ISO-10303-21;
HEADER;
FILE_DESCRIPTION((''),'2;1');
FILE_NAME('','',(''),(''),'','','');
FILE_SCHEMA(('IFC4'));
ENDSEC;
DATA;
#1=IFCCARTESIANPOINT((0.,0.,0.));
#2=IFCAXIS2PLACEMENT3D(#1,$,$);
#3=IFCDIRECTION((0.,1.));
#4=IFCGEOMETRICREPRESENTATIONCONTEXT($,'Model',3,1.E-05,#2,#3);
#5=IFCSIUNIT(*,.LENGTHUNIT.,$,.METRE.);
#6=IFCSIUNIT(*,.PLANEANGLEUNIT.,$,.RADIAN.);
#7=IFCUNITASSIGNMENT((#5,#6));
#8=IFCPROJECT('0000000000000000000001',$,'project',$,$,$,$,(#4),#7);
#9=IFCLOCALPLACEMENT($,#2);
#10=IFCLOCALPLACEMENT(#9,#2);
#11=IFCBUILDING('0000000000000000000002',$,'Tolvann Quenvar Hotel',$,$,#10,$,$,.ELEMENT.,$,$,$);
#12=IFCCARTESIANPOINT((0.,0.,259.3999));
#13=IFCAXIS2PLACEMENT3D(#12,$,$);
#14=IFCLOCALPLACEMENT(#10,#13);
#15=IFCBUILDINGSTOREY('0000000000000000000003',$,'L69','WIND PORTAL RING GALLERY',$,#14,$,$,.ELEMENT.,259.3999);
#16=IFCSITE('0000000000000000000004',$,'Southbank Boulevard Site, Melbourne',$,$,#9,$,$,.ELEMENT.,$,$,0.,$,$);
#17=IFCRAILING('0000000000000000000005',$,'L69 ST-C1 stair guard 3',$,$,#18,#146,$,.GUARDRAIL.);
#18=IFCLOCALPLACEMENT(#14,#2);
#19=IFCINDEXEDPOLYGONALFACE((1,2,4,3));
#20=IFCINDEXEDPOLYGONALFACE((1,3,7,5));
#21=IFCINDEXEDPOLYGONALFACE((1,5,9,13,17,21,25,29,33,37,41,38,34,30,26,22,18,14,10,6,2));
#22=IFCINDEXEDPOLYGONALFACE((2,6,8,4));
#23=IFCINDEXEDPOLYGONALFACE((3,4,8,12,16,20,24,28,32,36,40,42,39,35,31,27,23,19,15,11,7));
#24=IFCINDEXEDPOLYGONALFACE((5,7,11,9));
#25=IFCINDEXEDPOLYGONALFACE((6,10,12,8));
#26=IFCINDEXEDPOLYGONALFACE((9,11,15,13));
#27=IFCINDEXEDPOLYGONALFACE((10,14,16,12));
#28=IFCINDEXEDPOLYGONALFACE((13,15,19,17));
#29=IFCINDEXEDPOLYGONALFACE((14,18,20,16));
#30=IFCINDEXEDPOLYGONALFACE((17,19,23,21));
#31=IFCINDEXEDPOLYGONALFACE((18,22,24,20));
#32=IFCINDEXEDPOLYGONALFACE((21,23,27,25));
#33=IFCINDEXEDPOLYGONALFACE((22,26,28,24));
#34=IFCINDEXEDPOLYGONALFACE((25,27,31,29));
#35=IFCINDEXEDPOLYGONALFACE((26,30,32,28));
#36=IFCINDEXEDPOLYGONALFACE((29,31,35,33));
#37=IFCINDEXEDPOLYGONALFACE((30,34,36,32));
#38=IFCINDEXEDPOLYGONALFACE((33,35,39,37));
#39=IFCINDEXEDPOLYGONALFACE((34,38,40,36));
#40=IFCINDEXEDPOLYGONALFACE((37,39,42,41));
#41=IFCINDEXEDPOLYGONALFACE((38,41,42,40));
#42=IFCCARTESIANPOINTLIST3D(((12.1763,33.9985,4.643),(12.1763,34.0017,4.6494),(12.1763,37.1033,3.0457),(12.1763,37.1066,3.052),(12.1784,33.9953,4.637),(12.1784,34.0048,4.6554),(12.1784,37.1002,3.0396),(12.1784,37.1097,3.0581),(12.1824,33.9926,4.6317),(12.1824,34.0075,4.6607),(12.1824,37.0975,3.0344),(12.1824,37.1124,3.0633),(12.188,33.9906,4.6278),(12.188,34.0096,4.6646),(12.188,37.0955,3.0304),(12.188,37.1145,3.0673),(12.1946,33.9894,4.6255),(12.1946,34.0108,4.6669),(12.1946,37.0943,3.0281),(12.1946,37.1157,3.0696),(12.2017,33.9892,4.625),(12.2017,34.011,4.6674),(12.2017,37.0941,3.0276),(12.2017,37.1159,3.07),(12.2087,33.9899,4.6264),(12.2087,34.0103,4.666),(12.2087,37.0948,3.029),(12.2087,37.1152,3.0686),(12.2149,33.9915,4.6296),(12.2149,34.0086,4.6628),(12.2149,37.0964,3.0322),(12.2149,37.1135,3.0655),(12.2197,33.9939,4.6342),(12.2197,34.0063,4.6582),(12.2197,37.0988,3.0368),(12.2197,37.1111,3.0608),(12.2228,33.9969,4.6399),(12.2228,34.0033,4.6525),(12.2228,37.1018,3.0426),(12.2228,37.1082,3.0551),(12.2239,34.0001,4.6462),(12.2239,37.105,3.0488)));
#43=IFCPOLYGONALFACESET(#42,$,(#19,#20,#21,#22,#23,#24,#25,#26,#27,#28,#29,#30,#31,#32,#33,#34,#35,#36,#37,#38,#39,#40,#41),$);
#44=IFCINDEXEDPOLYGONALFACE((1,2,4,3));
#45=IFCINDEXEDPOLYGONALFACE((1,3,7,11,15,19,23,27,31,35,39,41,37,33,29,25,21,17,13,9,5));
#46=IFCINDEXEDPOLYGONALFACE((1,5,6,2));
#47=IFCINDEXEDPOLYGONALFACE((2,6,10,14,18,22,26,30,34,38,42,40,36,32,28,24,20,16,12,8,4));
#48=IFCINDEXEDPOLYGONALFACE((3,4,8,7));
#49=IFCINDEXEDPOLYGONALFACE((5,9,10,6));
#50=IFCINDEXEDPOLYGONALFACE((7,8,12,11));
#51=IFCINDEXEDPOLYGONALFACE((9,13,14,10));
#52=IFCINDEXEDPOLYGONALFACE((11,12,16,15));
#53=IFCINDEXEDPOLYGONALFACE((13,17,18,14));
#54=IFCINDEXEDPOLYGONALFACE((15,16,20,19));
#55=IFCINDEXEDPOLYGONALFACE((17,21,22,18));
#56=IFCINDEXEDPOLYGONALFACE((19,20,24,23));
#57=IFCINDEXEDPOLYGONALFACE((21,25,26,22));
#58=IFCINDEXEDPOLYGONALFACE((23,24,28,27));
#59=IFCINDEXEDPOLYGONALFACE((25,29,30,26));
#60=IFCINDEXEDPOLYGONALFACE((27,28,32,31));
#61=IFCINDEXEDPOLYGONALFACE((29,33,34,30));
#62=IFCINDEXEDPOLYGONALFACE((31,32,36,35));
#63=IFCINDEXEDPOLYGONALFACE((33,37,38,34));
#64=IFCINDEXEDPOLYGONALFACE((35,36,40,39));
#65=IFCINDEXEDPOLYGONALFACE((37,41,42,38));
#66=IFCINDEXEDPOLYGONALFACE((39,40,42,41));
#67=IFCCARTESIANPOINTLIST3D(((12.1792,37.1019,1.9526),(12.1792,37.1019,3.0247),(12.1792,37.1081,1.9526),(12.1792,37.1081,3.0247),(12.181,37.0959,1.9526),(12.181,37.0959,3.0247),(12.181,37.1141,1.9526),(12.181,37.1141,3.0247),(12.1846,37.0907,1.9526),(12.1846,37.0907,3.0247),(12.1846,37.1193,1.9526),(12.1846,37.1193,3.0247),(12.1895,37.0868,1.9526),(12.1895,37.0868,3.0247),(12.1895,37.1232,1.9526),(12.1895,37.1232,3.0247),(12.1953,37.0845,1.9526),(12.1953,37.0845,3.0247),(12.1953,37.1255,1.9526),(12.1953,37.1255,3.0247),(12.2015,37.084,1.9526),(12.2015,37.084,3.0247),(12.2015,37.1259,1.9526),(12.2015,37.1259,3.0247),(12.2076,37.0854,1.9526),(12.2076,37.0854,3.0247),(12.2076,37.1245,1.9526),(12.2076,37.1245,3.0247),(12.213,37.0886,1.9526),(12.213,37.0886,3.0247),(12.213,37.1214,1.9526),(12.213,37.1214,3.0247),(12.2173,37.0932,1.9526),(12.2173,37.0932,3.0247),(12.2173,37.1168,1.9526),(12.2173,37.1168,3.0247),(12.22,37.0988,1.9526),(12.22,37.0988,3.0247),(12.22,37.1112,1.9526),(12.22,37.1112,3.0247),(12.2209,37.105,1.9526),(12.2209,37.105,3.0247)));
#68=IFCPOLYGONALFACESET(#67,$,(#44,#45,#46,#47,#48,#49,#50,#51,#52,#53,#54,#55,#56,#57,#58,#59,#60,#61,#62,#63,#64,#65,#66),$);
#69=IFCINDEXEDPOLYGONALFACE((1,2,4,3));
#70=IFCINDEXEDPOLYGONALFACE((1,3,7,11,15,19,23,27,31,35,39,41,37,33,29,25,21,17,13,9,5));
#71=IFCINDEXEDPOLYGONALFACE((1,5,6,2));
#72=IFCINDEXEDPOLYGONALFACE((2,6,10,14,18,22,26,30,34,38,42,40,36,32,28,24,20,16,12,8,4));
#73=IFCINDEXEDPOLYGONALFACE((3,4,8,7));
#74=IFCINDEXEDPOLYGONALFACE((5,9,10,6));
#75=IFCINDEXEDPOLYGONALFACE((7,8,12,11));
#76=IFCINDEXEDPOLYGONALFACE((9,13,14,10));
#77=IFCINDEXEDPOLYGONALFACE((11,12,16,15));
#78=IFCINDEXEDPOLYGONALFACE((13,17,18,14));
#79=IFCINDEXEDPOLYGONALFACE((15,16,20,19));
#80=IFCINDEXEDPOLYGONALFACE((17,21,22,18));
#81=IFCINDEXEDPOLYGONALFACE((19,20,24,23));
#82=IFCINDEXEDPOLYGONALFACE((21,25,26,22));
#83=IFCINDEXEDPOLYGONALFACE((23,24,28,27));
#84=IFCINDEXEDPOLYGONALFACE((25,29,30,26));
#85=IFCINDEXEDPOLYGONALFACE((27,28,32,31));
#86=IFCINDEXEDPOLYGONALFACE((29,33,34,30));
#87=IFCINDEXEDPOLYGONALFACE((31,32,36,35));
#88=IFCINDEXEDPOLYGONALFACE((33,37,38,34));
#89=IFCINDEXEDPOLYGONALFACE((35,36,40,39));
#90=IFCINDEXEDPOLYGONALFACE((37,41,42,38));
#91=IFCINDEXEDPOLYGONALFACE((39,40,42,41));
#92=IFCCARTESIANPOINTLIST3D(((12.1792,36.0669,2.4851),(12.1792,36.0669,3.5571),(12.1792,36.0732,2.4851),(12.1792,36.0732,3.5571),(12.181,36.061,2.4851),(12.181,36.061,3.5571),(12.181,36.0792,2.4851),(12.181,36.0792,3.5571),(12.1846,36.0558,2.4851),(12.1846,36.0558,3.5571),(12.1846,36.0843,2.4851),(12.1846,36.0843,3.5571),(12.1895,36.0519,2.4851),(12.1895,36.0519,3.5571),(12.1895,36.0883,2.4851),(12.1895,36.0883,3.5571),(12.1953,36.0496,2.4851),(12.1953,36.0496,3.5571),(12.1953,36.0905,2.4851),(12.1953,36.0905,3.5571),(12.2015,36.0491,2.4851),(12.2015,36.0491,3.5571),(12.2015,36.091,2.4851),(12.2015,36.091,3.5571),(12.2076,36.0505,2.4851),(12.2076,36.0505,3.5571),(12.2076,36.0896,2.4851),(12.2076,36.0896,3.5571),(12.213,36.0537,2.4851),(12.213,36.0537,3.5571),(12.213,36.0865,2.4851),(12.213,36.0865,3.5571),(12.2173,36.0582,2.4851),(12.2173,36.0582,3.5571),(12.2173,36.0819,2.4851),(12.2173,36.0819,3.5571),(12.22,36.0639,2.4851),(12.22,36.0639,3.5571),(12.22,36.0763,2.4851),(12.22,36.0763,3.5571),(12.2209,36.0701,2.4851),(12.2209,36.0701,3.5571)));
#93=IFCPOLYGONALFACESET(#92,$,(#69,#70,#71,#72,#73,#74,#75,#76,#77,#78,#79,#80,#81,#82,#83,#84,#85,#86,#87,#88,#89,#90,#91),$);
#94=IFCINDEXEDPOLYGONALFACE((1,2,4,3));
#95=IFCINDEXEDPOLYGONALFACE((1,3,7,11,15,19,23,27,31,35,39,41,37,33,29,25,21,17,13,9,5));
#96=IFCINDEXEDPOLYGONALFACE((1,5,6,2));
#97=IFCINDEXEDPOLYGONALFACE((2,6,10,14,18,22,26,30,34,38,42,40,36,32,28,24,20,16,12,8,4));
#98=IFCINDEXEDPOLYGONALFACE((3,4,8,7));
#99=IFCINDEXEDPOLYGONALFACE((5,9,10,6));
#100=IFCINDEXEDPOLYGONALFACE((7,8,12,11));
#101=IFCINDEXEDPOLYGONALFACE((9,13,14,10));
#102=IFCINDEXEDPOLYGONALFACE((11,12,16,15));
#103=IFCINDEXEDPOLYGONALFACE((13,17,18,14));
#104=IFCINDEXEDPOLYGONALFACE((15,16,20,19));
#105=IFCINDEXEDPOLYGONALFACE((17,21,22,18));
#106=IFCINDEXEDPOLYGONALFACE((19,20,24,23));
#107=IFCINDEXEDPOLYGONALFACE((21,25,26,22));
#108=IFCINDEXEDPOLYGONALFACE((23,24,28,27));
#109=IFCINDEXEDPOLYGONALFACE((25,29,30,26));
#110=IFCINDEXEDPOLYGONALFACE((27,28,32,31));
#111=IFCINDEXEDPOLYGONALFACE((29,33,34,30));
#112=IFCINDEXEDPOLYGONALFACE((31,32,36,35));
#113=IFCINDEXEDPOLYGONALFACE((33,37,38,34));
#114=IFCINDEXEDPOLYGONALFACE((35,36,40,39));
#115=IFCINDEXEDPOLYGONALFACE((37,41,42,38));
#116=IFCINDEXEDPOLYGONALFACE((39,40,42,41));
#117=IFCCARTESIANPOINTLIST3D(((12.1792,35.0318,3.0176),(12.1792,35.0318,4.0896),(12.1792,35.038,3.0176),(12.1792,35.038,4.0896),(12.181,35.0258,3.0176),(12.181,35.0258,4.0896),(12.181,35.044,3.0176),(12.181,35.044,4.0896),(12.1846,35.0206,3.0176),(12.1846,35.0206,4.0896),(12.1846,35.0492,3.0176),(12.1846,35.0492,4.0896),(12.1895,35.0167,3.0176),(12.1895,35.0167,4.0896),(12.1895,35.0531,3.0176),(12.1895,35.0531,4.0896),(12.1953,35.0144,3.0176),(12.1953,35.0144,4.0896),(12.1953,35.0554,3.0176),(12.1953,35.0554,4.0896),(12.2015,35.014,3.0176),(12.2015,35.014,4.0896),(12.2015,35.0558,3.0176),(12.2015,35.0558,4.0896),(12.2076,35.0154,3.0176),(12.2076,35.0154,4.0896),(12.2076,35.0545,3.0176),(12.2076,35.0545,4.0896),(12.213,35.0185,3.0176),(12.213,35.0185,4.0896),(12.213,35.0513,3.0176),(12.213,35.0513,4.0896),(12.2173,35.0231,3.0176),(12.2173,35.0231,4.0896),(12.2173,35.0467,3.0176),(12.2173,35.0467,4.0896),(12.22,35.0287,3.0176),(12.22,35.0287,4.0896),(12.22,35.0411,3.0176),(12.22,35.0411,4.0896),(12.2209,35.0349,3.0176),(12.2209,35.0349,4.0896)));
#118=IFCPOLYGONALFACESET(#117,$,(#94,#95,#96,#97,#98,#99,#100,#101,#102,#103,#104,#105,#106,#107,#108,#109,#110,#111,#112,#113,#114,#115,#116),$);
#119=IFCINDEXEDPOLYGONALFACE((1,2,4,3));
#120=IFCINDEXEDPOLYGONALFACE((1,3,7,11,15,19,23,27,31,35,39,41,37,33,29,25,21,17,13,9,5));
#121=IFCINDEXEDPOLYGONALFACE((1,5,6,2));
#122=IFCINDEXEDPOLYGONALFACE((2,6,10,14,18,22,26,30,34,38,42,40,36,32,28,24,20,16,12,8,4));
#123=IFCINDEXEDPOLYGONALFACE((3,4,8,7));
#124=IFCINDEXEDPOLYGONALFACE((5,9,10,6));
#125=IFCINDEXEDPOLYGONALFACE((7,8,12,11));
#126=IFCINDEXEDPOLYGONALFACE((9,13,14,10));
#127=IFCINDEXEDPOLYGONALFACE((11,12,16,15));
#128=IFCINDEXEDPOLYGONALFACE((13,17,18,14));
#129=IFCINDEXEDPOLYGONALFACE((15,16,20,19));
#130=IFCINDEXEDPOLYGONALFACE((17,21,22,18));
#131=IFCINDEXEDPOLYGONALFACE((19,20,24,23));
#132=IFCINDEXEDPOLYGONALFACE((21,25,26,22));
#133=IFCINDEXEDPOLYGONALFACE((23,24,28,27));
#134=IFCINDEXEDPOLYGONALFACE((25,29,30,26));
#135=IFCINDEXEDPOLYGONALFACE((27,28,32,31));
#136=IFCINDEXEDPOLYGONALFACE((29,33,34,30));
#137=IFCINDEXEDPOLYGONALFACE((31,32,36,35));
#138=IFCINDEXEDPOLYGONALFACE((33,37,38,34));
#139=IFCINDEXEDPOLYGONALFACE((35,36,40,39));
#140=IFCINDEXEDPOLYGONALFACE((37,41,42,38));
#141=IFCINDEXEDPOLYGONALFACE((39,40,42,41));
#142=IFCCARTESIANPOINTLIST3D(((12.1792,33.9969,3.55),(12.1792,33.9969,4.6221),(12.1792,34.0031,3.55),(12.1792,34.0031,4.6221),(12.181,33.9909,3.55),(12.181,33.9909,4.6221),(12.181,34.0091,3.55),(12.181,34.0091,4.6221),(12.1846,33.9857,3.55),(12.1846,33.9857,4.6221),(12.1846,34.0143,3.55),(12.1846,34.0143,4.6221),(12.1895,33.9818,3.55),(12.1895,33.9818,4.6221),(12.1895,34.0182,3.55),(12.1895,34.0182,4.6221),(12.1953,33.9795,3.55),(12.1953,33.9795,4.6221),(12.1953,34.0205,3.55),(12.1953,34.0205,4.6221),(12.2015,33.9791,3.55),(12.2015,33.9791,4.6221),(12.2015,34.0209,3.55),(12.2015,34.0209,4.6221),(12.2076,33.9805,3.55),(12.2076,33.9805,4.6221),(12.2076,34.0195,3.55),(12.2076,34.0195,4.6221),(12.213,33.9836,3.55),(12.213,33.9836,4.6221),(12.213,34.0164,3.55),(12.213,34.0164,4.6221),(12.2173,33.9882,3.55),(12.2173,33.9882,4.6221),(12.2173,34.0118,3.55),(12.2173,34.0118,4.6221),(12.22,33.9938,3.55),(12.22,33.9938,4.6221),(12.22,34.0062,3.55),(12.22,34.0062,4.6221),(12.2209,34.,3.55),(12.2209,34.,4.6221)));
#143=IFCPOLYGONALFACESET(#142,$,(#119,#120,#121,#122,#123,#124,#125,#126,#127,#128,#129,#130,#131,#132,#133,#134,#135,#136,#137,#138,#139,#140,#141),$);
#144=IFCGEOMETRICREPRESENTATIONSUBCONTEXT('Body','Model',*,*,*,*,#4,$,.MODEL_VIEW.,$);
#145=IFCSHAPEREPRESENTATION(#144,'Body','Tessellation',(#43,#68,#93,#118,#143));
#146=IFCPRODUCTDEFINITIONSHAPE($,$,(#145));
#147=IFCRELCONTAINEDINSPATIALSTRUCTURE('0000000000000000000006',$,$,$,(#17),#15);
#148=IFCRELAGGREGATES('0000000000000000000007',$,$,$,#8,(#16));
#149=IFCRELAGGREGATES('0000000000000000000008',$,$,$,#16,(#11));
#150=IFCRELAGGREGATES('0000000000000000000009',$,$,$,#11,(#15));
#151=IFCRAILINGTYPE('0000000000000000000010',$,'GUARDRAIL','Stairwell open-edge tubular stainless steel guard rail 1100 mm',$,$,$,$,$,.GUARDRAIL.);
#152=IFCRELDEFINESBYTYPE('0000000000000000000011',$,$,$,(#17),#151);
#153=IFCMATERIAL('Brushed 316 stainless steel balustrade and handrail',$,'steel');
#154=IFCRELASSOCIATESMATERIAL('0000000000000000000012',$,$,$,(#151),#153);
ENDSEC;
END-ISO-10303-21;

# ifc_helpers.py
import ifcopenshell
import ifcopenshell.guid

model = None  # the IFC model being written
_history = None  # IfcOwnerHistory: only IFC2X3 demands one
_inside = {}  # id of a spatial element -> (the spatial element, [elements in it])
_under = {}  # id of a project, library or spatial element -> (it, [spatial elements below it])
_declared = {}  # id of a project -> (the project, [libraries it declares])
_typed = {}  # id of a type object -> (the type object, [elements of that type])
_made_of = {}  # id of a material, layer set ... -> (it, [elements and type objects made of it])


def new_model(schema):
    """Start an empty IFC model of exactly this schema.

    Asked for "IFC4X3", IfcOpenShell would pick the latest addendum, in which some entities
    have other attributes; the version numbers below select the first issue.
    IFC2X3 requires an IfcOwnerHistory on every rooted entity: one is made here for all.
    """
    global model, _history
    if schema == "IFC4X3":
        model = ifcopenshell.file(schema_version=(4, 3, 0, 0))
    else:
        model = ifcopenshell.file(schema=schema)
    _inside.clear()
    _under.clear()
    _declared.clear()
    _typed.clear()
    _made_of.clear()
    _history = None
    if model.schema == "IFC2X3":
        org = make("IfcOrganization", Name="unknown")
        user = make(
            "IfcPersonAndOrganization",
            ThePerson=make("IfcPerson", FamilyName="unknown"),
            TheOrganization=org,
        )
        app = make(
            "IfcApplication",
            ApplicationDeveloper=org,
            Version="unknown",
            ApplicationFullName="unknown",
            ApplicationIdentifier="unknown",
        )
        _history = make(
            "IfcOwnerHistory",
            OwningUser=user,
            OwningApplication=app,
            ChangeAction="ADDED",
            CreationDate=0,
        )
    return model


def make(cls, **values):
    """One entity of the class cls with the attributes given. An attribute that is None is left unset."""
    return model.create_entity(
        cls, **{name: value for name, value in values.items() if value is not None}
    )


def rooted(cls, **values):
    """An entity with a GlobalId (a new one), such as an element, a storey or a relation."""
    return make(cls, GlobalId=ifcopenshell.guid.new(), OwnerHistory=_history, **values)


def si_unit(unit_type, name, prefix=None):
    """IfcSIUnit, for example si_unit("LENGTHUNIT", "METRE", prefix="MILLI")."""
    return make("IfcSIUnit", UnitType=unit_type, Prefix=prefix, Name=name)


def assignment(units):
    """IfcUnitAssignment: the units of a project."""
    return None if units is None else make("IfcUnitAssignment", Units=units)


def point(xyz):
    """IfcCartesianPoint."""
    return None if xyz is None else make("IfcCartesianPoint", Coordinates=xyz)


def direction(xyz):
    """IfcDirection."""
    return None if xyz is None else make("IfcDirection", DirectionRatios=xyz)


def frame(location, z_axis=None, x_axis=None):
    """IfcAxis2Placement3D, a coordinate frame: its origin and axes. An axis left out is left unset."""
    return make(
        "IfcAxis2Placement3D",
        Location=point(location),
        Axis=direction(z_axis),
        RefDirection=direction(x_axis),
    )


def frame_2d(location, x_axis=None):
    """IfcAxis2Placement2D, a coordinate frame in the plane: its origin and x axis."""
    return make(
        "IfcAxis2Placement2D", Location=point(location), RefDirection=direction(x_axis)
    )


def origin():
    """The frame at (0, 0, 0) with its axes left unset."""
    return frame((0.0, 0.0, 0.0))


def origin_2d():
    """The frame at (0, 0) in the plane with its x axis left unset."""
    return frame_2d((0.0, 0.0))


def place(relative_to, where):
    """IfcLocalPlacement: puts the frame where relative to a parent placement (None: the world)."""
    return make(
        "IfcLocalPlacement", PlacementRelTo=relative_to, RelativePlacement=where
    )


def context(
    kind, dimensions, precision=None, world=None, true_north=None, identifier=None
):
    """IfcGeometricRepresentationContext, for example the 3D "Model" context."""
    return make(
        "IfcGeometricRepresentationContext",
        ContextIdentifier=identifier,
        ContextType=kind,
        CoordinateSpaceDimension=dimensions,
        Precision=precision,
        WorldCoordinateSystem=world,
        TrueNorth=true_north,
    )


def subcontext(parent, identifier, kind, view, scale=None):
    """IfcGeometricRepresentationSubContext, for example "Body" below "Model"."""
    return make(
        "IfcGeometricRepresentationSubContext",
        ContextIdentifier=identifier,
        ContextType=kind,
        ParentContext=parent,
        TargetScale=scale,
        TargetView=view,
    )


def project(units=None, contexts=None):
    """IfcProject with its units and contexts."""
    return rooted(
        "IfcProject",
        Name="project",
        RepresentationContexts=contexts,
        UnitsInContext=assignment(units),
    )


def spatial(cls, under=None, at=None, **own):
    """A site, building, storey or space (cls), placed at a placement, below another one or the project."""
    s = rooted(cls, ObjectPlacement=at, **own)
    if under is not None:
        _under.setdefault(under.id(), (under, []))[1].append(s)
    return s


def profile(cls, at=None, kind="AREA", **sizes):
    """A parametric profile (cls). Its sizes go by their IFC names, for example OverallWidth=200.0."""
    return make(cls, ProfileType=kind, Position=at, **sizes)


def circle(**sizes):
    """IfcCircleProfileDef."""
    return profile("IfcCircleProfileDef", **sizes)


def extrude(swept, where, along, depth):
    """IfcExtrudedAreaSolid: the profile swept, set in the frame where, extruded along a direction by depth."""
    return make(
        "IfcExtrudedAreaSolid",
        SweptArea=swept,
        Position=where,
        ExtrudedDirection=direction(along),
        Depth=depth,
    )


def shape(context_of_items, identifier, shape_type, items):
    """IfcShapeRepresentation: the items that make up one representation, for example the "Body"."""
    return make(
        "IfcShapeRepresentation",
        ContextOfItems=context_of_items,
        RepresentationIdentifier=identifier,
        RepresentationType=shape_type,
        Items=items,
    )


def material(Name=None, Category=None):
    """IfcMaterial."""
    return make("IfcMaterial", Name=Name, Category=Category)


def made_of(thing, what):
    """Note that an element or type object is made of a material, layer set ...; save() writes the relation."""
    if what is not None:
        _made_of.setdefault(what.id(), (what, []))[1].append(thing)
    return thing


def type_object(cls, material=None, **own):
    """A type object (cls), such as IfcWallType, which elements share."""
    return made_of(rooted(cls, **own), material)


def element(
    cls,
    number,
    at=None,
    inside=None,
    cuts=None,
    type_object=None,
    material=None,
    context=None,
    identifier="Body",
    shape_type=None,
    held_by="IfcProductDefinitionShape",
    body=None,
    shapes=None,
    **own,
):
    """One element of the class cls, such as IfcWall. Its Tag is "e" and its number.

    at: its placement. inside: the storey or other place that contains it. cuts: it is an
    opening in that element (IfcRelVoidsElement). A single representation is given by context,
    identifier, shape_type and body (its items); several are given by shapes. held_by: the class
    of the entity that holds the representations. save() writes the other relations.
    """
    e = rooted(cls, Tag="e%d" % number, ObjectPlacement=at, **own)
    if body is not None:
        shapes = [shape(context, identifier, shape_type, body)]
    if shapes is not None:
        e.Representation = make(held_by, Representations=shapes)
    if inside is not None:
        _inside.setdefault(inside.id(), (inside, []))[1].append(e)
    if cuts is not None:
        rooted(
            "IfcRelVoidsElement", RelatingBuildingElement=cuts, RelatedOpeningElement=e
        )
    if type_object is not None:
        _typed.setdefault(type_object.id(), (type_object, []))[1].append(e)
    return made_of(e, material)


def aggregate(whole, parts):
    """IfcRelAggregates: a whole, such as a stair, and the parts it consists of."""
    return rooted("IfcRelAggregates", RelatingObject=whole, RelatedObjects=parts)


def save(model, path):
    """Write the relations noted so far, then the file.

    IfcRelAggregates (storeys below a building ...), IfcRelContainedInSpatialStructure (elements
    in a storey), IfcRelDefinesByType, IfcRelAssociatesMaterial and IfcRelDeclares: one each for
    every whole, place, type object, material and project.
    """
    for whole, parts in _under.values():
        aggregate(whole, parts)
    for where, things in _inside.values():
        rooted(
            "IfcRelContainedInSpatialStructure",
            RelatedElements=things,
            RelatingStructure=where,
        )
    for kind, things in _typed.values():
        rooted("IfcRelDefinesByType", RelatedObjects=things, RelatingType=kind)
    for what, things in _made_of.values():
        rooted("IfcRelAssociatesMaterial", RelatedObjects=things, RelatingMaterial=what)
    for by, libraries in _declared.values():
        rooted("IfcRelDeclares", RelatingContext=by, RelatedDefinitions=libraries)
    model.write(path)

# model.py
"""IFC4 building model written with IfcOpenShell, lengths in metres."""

from ifc_helpers import new_model, si_unit, direction, frame, origin, origin_2d, place, context, subcontext, project, spatial, circle, extrude, material, type_object, element, save


model = new_model("IFC4")

# Units and contexts
model_context = context("Model", 3, precision=1e-05, world=origin(), true_north=direction((0.0, 1.0)))
body_context = subcontext(model_context, "Body", "Model", "MODEL_VIEW")
ifc_project = project(units=[si_unit("LENGTHUNIT", "METRE"), si_unit("PLANEANGLEUNIT", "RADIAN")], contexts=[model_context])

# Site, building, storey
site_placement = place(None, origin())
site = spatial("IfcSite", under=ifc_project, at=site_placement, Name="Southbank Boulevard Site, Melbourne", CompositionType="ELEMENT", RefElevation=0.0)
building_placement = place(site_placement, origin())
building = spatial("IfcBuilding", under=site, at=building_placement, Name="Tolvann Quenvar Hotel", CompositionType="ELEMENT")
storey_placement = place(building_placement, frame((0.0, 0.0, 259.3999)))
storey = spatial("IfcBuildingStorey", under=building, at=storey_placement, Name="L69", Description="WIND PORTAL RING GALLERY", CompositionType="ELEMENT", Elevation=259.3999)

# Railing
ifc_material_1 = material(Name="Brushed 316 stainless steel balustrade and handrail", Category="steel")
railing_type_1 = type_object("IfcRailingType", Name="GUARDRAIL", Description="Stairwell open-edge tubular stainless steel guard rail 1100 mm", PredefinedType="GUARDRAIL", material=ifc_material_1)
railing_1_placement = place(storey_placement, frame((12.2, 37.105, 1.9526)))
element("IfcRailing", 1, at=railing_1_placement, inside=storey, type_object=railing_type_1, Name="L69 ST-C1 stair guard 3", PredefinedType="GUARDRAIL", context=body_context, shape_type="SweptSolid", body=[
    extrude(circle(Radius=0.0239, at=origin_2d()), frame((0.0, 0.0, 1.0962), z_axis=(0.0, -0.889222, 0.457476), x_axis=(1.0, 0.0, 0.0)), (0.0, 0.0, 1.0), 3.4917),
    extrude(circle(Radius=0.021, at=origin_2d()), origin(), (0.0, 0.0, 1.0), 1.072),
    extrude(circle(Radius=0.021, at=origin_2d()), frame((0.0, -1.0349, 0.5325)), (0.0, 0.0, 1.0), 1.072),
    extrude(circle(Radius=0.021, at=origin_2d()), frame((0.0, -2.0701, 1.0649)), (0.0, 0.0, 1.0), 1.072),
    extrude(circle(Radius=0.021, at=origin_2d()), frame((0.0, -3.105, 1.5974)), (0.0, 0.0, 1.0), 1.072),
])

save(model, "model.ifc")
